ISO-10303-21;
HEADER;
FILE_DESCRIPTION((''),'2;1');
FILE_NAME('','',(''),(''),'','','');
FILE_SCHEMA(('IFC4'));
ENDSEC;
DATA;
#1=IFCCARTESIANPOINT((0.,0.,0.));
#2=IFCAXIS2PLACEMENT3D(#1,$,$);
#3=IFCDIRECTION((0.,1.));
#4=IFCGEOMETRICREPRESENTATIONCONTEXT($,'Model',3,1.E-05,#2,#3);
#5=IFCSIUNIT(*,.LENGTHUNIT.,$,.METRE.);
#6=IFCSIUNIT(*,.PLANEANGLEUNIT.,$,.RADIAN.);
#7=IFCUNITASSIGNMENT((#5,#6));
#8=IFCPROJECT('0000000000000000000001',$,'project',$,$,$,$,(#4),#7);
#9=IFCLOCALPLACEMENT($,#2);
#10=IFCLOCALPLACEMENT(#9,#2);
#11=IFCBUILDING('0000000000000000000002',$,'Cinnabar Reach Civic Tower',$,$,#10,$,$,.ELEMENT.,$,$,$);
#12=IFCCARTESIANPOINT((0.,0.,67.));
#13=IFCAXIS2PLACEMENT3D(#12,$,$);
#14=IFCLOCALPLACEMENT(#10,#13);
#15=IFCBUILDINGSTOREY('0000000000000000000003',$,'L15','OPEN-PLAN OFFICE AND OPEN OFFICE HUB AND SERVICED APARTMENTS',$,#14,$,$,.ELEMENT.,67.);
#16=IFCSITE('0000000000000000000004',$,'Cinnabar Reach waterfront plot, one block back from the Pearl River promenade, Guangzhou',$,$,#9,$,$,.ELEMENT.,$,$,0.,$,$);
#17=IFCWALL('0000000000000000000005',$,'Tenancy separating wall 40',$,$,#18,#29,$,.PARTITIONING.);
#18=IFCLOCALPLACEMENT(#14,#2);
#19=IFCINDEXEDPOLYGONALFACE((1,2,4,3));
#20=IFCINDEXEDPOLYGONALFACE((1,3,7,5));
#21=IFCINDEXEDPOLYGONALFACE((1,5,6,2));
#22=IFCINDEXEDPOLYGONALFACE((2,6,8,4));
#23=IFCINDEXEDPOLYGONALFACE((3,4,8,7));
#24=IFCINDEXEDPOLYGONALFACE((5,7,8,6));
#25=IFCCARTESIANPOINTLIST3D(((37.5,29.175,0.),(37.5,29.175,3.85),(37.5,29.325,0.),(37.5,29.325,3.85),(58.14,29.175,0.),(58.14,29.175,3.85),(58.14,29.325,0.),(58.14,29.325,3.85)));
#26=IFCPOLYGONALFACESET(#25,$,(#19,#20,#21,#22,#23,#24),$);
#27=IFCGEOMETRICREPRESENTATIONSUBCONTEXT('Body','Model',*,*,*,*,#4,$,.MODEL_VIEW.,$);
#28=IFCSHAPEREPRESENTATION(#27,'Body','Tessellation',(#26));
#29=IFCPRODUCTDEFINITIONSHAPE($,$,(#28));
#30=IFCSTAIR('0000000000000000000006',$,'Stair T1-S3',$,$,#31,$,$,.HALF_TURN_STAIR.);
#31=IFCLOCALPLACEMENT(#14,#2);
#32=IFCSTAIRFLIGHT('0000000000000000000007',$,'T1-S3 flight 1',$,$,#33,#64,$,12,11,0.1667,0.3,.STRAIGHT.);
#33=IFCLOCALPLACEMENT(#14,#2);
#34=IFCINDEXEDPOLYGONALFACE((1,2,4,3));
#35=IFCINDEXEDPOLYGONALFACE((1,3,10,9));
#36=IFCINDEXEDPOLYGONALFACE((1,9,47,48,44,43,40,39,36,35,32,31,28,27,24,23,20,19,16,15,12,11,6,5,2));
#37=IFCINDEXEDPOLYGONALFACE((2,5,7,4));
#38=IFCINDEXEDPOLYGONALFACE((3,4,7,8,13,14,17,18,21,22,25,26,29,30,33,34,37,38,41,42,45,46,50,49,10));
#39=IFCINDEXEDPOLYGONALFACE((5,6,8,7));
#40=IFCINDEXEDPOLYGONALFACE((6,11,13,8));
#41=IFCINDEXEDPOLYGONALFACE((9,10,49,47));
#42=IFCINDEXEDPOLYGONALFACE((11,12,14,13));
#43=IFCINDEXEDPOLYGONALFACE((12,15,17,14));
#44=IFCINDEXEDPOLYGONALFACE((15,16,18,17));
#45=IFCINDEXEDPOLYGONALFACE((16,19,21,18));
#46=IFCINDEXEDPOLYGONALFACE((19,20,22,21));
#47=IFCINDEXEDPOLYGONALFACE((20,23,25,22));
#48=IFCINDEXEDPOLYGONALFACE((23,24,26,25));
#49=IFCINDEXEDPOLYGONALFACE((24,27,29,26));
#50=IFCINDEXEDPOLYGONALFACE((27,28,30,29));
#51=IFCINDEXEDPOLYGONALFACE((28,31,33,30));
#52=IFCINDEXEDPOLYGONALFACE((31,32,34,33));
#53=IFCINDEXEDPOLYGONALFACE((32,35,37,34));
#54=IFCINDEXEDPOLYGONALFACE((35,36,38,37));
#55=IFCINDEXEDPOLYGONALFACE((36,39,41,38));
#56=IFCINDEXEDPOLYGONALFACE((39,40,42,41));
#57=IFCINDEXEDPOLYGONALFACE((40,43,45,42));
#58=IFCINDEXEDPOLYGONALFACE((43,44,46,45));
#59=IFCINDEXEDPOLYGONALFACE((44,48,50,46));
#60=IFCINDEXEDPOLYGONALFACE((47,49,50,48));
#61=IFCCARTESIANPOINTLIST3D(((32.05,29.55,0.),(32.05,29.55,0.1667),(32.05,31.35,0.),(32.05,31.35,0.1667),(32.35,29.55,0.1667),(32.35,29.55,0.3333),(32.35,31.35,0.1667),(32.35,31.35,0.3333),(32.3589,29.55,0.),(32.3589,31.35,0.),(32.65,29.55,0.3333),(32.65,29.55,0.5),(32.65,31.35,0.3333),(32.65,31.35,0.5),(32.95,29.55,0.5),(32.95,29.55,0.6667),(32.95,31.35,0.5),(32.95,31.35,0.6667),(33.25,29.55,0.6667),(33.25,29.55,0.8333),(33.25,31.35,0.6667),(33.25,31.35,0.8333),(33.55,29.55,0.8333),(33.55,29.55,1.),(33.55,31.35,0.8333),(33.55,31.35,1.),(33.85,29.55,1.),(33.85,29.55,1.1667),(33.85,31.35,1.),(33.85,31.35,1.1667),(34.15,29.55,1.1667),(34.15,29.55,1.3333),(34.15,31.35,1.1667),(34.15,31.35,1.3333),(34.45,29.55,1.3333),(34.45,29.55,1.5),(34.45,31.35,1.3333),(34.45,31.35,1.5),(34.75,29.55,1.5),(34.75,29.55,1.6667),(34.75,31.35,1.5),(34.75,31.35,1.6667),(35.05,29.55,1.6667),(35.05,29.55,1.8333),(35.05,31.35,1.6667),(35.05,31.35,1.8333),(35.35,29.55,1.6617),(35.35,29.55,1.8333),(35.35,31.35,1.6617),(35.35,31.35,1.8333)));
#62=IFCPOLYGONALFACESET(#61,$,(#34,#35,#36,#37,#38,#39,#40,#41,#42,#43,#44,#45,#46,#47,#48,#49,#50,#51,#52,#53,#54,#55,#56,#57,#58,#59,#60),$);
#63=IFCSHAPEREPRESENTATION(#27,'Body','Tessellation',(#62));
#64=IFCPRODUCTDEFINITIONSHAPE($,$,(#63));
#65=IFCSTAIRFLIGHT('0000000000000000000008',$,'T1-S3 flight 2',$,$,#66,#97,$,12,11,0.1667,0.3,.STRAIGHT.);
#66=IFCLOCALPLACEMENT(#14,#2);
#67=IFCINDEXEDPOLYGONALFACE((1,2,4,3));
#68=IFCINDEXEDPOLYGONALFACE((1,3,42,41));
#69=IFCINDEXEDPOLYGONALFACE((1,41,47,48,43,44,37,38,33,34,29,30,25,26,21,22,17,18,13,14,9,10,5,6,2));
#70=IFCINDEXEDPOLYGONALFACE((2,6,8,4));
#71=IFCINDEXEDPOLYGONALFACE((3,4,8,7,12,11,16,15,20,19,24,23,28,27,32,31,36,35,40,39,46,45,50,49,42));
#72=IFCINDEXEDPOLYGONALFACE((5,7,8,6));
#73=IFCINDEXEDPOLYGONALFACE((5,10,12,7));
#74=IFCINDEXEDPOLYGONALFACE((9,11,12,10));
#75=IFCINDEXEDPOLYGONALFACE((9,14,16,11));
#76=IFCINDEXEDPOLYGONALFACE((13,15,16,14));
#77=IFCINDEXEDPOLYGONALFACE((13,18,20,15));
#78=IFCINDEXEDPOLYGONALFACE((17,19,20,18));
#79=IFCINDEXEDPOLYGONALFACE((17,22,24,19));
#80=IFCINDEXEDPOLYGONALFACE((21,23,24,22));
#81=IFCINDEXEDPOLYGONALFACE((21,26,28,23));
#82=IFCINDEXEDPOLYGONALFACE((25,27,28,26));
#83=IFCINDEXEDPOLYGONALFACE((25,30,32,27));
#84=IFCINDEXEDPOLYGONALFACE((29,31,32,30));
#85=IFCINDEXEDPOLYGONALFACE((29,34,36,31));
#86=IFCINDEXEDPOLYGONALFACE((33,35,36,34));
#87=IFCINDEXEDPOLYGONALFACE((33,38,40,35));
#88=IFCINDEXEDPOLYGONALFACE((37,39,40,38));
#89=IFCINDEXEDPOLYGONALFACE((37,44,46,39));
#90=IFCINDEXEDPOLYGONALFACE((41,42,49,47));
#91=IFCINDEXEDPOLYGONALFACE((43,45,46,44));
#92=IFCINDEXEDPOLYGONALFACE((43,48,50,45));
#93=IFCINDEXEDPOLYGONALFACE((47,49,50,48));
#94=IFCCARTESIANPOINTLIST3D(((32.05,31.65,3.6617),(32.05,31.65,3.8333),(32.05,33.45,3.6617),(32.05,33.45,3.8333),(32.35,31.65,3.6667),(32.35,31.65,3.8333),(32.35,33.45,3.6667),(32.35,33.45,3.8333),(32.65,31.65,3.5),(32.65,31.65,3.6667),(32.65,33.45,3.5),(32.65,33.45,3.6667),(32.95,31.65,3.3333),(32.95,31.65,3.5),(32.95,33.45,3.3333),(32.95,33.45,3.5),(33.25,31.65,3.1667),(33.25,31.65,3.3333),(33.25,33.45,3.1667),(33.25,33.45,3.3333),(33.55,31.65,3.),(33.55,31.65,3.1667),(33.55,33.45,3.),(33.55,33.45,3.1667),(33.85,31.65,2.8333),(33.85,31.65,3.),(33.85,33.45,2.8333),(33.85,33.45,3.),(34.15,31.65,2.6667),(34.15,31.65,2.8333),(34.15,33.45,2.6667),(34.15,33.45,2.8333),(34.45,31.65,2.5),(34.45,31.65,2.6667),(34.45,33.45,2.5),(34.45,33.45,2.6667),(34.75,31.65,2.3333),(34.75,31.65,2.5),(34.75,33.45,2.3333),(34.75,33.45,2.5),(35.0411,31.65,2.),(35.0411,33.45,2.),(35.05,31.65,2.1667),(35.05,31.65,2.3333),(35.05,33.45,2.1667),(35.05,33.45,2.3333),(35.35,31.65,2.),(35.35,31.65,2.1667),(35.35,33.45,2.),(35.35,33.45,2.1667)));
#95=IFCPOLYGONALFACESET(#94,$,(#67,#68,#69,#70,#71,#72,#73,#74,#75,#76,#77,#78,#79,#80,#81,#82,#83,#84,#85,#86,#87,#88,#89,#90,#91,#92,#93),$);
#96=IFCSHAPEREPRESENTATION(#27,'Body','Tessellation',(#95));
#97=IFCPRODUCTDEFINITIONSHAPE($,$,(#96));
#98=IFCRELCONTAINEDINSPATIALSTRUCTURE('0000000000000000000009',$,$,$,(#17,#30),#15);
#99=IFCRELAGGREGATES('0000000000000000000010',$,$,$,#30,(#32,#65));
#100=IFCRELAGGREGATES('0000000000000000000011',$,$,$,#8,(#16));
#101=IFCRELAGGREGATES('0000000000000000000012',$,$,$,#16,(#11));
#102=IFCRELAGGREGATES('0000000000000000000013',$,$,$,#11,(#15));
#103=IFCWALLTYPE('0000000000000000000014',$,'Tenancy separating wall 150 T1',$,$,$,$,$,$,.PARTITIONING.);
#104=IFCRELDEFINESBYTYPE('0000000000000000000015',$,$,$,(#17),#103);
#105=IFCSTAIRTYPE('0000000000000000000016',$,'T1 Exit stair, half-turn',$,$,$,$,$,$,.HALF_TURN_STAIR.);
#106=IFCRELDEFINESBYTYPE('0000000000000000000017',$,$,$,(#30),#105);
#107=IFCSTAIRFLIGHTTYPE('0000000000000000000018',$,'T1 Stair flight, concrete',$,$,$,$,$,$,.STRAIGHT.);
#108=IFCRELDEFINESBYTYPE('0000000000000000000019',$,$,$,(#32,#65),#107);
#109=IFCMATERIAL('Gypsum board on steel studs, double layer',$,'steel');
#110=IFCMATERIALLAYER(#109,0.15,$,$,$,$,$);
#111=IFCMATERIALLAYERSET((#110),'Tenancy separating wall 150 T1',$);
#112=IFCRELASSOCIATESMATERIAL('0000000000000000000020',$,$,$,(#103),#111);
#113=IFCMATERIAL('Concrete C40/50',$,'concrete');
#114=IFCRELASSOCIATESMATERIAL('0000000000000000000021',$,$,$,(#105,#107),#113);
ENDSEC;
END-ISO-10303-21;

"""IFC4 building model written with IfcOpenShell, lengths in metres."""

from ifc_helpers import new_model, si_unit, direction, frame, frame_2d, origin, place, context, subcontext, project, spatial, polyline, rectangle, outline, extrude, material, layer, layer_set, type_object, element, aggregate, save


model = new_model("IFC4")

# Units and contexts
model_context = context("Model", 3, precision=1e-05, world=origin(), true_north=direction((0.0, 1.0)))
body_context = subcontext(model_context, "Body", "Model", "MODEL_VIEW")
ifc_project = project(units=[si_unit("LENGTHUNIT", "METRE"), si_unit("PLANEANGLEUNIT", "RADIAN")], contexts=[model_context])

# Site, building, storey
site_placement = place(None, origin())
site = spatial("IfcSite", under=ifc_project, at=site_placement, Name="Cinnabar Reach waterfront plot, one block back from the Pearl River promenade, Guangzhou", CompositionType="ELEMENT", RefElevation=0.0)
building_placement = place(site_placement, origin())
building = spatial("IfcBuilding", under=site, at=building_placement, Name="Cinnabar Reach Civic Tower", CompositionType="ELEMENT")
storey_placement = place(building_placement, frame((0.0, 0.0, 67.0)))
storey = spatial("IfcBuildingStorey", under=building, at=storey_placement, Name="L15", Description="OPEN-PLAN OFFICE AND OPEN OFFICE HUB AND SERVICED APARTMENTS", CompositionType="ELEMENT", Elevation=67.0)

# Wall
ifc_material_1 = material(Name="Gypsum board on steel studs, double layer", Category="steel")
ifc_layer_1 = layer(ifc_material_1, 0.15)
ifc_layer_set_1 = layer_set([ifc_layer_1], Name="Tenancy separating wall 150 T1")
wall_type_1 = type_object("IfcWallType", Name="Tenancy separating wall 150 T1", PredefinedType="PARTITIONING", material=ifc_layer_set_1)
wall_1_placement = place(storey_placement, frame((37.5, 29.25, 0.0), z_axis=(0.0, 0.0, 1.0), x_axis=(1.0, 0.0, 0.0)))
element("IfcWall", 1, at=wall_1_placement, inside=storey, type_object=wall_type_1, Name="Tenancy separating wall 40", PredefinedType="PARTITIONING", context=body_context, shape_type="SweptSolid", body=[
    extrude(rectangle(XDim=20.64, YDim=0.15, at=frame_2d((10.32, 0.0))), origin(), (0.0, 0.0, 1.0), 3.85),
])

# Stair, stair flights
ifc_material_2 = material(Name="Concrete C40/50", Category="concrete")
stair_type = type_object("IfcStairType", Name="T1 Exit stair, half-turn", PredefinedType="HALF_TURN_STAIR", material=ifc_material_2)
stair_placement = place(storey_placement, origin())
stair = element("IfcStair", 2, at=stair_placement, inside=storey, type_object=stair_type, Name="Stair T1-S3", PredefinedType="HALF_TURN_STAIR")
stair_flight_type = type_object("IfcStairFlightType", Name="T1 Stair flight, concrete", PredefinedType="STRAIGHT", material=ifc_material_2)
stair_flight_1_placement = place(storey_placement, frame((32.05, 30.45, 0.0), z_axis=(0.0, 0.0, 1.0), x_axis=(1.0, 0.0, 0.0)))
stair_flight_1 = element("IfcStairFlight", 3, at=stair_flight_1_placement, type_object=stair_flight_type, Name="T1-S3 flight 1", NumberOfRisers=12, NumberOfTreads=11, PredefinedType="STRAIGHT", RiserHeight=0.1667, TreadLength=0.3, context=body_context, shape_type="SweptSolid", body=[
    extrude(outline(polyline([(0.0, 0.0), (0.0, 0.1667), (0.3, 0.1667), (0.3, 0.3333), (0.6, 0.3333), (0.6, 0.5), (0.9, 0.5), (0.9, 0.6667), (1.2, 0.6667), (1.2, 0.8333), (1.5, 0.8333), (1.5, 1.0), (1.8, 1.0), (1.8, 1.1667), (2.1, 1.1667), (2.1, 1.3333), (2.4, 1.3333), (2.4, 1.5), (2.7, 1.5), (2.7, 1.6667), (3.0, 1.6667), (3.0, 1.8333), (3.3, 1.8333), (3.3, 2.0), (3.3, 1.6617), (0.3089, 0.0), (0.0, 0.0)])), frame((0.0, 0.9, 0.0), z_axis=(0.0, -1.0, 0.0), x_axis=(1.0, 0.0, 0.0)), (0.0, 0.0, 1.0), 1.8),
])
stair_flight_2_placement = place(storey_placement, frame((35.35, 32.55, 2.0), z_axis=(0.0, 0.0, 1.0), x_axis=(-1.0, 0.0, 0.0)))
stair_flight_2 = element("IfcStairFlight", 4, at=stair_flight_2_placement, type_object=stair_flight_type, Name="T1-S3 flight 2", NumberOfRisers=12, NumberOfTreads=11, PredefinedType="STRAIGHT", RiserHeight=0.1667, TreadLength=0.3, context=body_context, shape_type="SweptSolid", body=[
    extrude(outline(polyline([(0.0, 0.0), (0.0, 0.1667), (0.3, 0.1667), (0.3, 0.3333), (0.6, 0.3333), (0.6, 0.5), (0.9, 0.5), (0.9, 0.6667), (1.2, 0.6667), (1.2, 0.8333), (1.5, 0.8333), (1.5, 1.0), (1.8, 1.0), (1.8, 1.1667), (2.1, 1.1667), (2.1, 1.3333), (2.4, 1.3333), (2.4, 1.5), (2.7, 1.5), (2.7, 1.6667), (3.0, 1.6667), (3.0, 1.8333), (3.3, 1.8333), (3.3, 2.0), (3.3, 1.6617), (0.3089, 0.0), (0.0, 0.0)])), frame((0.0, 0.9, 0.0), z_axis=(0.0, -1.0, 0.0), x_axis=(1.0, 0.0, 0.0)), (0.0, 0.0, 1.0), 1.8),
])
aggregate(stair, [stair_flight_1, stair_flight_2])

save(model, "model.ifc")
